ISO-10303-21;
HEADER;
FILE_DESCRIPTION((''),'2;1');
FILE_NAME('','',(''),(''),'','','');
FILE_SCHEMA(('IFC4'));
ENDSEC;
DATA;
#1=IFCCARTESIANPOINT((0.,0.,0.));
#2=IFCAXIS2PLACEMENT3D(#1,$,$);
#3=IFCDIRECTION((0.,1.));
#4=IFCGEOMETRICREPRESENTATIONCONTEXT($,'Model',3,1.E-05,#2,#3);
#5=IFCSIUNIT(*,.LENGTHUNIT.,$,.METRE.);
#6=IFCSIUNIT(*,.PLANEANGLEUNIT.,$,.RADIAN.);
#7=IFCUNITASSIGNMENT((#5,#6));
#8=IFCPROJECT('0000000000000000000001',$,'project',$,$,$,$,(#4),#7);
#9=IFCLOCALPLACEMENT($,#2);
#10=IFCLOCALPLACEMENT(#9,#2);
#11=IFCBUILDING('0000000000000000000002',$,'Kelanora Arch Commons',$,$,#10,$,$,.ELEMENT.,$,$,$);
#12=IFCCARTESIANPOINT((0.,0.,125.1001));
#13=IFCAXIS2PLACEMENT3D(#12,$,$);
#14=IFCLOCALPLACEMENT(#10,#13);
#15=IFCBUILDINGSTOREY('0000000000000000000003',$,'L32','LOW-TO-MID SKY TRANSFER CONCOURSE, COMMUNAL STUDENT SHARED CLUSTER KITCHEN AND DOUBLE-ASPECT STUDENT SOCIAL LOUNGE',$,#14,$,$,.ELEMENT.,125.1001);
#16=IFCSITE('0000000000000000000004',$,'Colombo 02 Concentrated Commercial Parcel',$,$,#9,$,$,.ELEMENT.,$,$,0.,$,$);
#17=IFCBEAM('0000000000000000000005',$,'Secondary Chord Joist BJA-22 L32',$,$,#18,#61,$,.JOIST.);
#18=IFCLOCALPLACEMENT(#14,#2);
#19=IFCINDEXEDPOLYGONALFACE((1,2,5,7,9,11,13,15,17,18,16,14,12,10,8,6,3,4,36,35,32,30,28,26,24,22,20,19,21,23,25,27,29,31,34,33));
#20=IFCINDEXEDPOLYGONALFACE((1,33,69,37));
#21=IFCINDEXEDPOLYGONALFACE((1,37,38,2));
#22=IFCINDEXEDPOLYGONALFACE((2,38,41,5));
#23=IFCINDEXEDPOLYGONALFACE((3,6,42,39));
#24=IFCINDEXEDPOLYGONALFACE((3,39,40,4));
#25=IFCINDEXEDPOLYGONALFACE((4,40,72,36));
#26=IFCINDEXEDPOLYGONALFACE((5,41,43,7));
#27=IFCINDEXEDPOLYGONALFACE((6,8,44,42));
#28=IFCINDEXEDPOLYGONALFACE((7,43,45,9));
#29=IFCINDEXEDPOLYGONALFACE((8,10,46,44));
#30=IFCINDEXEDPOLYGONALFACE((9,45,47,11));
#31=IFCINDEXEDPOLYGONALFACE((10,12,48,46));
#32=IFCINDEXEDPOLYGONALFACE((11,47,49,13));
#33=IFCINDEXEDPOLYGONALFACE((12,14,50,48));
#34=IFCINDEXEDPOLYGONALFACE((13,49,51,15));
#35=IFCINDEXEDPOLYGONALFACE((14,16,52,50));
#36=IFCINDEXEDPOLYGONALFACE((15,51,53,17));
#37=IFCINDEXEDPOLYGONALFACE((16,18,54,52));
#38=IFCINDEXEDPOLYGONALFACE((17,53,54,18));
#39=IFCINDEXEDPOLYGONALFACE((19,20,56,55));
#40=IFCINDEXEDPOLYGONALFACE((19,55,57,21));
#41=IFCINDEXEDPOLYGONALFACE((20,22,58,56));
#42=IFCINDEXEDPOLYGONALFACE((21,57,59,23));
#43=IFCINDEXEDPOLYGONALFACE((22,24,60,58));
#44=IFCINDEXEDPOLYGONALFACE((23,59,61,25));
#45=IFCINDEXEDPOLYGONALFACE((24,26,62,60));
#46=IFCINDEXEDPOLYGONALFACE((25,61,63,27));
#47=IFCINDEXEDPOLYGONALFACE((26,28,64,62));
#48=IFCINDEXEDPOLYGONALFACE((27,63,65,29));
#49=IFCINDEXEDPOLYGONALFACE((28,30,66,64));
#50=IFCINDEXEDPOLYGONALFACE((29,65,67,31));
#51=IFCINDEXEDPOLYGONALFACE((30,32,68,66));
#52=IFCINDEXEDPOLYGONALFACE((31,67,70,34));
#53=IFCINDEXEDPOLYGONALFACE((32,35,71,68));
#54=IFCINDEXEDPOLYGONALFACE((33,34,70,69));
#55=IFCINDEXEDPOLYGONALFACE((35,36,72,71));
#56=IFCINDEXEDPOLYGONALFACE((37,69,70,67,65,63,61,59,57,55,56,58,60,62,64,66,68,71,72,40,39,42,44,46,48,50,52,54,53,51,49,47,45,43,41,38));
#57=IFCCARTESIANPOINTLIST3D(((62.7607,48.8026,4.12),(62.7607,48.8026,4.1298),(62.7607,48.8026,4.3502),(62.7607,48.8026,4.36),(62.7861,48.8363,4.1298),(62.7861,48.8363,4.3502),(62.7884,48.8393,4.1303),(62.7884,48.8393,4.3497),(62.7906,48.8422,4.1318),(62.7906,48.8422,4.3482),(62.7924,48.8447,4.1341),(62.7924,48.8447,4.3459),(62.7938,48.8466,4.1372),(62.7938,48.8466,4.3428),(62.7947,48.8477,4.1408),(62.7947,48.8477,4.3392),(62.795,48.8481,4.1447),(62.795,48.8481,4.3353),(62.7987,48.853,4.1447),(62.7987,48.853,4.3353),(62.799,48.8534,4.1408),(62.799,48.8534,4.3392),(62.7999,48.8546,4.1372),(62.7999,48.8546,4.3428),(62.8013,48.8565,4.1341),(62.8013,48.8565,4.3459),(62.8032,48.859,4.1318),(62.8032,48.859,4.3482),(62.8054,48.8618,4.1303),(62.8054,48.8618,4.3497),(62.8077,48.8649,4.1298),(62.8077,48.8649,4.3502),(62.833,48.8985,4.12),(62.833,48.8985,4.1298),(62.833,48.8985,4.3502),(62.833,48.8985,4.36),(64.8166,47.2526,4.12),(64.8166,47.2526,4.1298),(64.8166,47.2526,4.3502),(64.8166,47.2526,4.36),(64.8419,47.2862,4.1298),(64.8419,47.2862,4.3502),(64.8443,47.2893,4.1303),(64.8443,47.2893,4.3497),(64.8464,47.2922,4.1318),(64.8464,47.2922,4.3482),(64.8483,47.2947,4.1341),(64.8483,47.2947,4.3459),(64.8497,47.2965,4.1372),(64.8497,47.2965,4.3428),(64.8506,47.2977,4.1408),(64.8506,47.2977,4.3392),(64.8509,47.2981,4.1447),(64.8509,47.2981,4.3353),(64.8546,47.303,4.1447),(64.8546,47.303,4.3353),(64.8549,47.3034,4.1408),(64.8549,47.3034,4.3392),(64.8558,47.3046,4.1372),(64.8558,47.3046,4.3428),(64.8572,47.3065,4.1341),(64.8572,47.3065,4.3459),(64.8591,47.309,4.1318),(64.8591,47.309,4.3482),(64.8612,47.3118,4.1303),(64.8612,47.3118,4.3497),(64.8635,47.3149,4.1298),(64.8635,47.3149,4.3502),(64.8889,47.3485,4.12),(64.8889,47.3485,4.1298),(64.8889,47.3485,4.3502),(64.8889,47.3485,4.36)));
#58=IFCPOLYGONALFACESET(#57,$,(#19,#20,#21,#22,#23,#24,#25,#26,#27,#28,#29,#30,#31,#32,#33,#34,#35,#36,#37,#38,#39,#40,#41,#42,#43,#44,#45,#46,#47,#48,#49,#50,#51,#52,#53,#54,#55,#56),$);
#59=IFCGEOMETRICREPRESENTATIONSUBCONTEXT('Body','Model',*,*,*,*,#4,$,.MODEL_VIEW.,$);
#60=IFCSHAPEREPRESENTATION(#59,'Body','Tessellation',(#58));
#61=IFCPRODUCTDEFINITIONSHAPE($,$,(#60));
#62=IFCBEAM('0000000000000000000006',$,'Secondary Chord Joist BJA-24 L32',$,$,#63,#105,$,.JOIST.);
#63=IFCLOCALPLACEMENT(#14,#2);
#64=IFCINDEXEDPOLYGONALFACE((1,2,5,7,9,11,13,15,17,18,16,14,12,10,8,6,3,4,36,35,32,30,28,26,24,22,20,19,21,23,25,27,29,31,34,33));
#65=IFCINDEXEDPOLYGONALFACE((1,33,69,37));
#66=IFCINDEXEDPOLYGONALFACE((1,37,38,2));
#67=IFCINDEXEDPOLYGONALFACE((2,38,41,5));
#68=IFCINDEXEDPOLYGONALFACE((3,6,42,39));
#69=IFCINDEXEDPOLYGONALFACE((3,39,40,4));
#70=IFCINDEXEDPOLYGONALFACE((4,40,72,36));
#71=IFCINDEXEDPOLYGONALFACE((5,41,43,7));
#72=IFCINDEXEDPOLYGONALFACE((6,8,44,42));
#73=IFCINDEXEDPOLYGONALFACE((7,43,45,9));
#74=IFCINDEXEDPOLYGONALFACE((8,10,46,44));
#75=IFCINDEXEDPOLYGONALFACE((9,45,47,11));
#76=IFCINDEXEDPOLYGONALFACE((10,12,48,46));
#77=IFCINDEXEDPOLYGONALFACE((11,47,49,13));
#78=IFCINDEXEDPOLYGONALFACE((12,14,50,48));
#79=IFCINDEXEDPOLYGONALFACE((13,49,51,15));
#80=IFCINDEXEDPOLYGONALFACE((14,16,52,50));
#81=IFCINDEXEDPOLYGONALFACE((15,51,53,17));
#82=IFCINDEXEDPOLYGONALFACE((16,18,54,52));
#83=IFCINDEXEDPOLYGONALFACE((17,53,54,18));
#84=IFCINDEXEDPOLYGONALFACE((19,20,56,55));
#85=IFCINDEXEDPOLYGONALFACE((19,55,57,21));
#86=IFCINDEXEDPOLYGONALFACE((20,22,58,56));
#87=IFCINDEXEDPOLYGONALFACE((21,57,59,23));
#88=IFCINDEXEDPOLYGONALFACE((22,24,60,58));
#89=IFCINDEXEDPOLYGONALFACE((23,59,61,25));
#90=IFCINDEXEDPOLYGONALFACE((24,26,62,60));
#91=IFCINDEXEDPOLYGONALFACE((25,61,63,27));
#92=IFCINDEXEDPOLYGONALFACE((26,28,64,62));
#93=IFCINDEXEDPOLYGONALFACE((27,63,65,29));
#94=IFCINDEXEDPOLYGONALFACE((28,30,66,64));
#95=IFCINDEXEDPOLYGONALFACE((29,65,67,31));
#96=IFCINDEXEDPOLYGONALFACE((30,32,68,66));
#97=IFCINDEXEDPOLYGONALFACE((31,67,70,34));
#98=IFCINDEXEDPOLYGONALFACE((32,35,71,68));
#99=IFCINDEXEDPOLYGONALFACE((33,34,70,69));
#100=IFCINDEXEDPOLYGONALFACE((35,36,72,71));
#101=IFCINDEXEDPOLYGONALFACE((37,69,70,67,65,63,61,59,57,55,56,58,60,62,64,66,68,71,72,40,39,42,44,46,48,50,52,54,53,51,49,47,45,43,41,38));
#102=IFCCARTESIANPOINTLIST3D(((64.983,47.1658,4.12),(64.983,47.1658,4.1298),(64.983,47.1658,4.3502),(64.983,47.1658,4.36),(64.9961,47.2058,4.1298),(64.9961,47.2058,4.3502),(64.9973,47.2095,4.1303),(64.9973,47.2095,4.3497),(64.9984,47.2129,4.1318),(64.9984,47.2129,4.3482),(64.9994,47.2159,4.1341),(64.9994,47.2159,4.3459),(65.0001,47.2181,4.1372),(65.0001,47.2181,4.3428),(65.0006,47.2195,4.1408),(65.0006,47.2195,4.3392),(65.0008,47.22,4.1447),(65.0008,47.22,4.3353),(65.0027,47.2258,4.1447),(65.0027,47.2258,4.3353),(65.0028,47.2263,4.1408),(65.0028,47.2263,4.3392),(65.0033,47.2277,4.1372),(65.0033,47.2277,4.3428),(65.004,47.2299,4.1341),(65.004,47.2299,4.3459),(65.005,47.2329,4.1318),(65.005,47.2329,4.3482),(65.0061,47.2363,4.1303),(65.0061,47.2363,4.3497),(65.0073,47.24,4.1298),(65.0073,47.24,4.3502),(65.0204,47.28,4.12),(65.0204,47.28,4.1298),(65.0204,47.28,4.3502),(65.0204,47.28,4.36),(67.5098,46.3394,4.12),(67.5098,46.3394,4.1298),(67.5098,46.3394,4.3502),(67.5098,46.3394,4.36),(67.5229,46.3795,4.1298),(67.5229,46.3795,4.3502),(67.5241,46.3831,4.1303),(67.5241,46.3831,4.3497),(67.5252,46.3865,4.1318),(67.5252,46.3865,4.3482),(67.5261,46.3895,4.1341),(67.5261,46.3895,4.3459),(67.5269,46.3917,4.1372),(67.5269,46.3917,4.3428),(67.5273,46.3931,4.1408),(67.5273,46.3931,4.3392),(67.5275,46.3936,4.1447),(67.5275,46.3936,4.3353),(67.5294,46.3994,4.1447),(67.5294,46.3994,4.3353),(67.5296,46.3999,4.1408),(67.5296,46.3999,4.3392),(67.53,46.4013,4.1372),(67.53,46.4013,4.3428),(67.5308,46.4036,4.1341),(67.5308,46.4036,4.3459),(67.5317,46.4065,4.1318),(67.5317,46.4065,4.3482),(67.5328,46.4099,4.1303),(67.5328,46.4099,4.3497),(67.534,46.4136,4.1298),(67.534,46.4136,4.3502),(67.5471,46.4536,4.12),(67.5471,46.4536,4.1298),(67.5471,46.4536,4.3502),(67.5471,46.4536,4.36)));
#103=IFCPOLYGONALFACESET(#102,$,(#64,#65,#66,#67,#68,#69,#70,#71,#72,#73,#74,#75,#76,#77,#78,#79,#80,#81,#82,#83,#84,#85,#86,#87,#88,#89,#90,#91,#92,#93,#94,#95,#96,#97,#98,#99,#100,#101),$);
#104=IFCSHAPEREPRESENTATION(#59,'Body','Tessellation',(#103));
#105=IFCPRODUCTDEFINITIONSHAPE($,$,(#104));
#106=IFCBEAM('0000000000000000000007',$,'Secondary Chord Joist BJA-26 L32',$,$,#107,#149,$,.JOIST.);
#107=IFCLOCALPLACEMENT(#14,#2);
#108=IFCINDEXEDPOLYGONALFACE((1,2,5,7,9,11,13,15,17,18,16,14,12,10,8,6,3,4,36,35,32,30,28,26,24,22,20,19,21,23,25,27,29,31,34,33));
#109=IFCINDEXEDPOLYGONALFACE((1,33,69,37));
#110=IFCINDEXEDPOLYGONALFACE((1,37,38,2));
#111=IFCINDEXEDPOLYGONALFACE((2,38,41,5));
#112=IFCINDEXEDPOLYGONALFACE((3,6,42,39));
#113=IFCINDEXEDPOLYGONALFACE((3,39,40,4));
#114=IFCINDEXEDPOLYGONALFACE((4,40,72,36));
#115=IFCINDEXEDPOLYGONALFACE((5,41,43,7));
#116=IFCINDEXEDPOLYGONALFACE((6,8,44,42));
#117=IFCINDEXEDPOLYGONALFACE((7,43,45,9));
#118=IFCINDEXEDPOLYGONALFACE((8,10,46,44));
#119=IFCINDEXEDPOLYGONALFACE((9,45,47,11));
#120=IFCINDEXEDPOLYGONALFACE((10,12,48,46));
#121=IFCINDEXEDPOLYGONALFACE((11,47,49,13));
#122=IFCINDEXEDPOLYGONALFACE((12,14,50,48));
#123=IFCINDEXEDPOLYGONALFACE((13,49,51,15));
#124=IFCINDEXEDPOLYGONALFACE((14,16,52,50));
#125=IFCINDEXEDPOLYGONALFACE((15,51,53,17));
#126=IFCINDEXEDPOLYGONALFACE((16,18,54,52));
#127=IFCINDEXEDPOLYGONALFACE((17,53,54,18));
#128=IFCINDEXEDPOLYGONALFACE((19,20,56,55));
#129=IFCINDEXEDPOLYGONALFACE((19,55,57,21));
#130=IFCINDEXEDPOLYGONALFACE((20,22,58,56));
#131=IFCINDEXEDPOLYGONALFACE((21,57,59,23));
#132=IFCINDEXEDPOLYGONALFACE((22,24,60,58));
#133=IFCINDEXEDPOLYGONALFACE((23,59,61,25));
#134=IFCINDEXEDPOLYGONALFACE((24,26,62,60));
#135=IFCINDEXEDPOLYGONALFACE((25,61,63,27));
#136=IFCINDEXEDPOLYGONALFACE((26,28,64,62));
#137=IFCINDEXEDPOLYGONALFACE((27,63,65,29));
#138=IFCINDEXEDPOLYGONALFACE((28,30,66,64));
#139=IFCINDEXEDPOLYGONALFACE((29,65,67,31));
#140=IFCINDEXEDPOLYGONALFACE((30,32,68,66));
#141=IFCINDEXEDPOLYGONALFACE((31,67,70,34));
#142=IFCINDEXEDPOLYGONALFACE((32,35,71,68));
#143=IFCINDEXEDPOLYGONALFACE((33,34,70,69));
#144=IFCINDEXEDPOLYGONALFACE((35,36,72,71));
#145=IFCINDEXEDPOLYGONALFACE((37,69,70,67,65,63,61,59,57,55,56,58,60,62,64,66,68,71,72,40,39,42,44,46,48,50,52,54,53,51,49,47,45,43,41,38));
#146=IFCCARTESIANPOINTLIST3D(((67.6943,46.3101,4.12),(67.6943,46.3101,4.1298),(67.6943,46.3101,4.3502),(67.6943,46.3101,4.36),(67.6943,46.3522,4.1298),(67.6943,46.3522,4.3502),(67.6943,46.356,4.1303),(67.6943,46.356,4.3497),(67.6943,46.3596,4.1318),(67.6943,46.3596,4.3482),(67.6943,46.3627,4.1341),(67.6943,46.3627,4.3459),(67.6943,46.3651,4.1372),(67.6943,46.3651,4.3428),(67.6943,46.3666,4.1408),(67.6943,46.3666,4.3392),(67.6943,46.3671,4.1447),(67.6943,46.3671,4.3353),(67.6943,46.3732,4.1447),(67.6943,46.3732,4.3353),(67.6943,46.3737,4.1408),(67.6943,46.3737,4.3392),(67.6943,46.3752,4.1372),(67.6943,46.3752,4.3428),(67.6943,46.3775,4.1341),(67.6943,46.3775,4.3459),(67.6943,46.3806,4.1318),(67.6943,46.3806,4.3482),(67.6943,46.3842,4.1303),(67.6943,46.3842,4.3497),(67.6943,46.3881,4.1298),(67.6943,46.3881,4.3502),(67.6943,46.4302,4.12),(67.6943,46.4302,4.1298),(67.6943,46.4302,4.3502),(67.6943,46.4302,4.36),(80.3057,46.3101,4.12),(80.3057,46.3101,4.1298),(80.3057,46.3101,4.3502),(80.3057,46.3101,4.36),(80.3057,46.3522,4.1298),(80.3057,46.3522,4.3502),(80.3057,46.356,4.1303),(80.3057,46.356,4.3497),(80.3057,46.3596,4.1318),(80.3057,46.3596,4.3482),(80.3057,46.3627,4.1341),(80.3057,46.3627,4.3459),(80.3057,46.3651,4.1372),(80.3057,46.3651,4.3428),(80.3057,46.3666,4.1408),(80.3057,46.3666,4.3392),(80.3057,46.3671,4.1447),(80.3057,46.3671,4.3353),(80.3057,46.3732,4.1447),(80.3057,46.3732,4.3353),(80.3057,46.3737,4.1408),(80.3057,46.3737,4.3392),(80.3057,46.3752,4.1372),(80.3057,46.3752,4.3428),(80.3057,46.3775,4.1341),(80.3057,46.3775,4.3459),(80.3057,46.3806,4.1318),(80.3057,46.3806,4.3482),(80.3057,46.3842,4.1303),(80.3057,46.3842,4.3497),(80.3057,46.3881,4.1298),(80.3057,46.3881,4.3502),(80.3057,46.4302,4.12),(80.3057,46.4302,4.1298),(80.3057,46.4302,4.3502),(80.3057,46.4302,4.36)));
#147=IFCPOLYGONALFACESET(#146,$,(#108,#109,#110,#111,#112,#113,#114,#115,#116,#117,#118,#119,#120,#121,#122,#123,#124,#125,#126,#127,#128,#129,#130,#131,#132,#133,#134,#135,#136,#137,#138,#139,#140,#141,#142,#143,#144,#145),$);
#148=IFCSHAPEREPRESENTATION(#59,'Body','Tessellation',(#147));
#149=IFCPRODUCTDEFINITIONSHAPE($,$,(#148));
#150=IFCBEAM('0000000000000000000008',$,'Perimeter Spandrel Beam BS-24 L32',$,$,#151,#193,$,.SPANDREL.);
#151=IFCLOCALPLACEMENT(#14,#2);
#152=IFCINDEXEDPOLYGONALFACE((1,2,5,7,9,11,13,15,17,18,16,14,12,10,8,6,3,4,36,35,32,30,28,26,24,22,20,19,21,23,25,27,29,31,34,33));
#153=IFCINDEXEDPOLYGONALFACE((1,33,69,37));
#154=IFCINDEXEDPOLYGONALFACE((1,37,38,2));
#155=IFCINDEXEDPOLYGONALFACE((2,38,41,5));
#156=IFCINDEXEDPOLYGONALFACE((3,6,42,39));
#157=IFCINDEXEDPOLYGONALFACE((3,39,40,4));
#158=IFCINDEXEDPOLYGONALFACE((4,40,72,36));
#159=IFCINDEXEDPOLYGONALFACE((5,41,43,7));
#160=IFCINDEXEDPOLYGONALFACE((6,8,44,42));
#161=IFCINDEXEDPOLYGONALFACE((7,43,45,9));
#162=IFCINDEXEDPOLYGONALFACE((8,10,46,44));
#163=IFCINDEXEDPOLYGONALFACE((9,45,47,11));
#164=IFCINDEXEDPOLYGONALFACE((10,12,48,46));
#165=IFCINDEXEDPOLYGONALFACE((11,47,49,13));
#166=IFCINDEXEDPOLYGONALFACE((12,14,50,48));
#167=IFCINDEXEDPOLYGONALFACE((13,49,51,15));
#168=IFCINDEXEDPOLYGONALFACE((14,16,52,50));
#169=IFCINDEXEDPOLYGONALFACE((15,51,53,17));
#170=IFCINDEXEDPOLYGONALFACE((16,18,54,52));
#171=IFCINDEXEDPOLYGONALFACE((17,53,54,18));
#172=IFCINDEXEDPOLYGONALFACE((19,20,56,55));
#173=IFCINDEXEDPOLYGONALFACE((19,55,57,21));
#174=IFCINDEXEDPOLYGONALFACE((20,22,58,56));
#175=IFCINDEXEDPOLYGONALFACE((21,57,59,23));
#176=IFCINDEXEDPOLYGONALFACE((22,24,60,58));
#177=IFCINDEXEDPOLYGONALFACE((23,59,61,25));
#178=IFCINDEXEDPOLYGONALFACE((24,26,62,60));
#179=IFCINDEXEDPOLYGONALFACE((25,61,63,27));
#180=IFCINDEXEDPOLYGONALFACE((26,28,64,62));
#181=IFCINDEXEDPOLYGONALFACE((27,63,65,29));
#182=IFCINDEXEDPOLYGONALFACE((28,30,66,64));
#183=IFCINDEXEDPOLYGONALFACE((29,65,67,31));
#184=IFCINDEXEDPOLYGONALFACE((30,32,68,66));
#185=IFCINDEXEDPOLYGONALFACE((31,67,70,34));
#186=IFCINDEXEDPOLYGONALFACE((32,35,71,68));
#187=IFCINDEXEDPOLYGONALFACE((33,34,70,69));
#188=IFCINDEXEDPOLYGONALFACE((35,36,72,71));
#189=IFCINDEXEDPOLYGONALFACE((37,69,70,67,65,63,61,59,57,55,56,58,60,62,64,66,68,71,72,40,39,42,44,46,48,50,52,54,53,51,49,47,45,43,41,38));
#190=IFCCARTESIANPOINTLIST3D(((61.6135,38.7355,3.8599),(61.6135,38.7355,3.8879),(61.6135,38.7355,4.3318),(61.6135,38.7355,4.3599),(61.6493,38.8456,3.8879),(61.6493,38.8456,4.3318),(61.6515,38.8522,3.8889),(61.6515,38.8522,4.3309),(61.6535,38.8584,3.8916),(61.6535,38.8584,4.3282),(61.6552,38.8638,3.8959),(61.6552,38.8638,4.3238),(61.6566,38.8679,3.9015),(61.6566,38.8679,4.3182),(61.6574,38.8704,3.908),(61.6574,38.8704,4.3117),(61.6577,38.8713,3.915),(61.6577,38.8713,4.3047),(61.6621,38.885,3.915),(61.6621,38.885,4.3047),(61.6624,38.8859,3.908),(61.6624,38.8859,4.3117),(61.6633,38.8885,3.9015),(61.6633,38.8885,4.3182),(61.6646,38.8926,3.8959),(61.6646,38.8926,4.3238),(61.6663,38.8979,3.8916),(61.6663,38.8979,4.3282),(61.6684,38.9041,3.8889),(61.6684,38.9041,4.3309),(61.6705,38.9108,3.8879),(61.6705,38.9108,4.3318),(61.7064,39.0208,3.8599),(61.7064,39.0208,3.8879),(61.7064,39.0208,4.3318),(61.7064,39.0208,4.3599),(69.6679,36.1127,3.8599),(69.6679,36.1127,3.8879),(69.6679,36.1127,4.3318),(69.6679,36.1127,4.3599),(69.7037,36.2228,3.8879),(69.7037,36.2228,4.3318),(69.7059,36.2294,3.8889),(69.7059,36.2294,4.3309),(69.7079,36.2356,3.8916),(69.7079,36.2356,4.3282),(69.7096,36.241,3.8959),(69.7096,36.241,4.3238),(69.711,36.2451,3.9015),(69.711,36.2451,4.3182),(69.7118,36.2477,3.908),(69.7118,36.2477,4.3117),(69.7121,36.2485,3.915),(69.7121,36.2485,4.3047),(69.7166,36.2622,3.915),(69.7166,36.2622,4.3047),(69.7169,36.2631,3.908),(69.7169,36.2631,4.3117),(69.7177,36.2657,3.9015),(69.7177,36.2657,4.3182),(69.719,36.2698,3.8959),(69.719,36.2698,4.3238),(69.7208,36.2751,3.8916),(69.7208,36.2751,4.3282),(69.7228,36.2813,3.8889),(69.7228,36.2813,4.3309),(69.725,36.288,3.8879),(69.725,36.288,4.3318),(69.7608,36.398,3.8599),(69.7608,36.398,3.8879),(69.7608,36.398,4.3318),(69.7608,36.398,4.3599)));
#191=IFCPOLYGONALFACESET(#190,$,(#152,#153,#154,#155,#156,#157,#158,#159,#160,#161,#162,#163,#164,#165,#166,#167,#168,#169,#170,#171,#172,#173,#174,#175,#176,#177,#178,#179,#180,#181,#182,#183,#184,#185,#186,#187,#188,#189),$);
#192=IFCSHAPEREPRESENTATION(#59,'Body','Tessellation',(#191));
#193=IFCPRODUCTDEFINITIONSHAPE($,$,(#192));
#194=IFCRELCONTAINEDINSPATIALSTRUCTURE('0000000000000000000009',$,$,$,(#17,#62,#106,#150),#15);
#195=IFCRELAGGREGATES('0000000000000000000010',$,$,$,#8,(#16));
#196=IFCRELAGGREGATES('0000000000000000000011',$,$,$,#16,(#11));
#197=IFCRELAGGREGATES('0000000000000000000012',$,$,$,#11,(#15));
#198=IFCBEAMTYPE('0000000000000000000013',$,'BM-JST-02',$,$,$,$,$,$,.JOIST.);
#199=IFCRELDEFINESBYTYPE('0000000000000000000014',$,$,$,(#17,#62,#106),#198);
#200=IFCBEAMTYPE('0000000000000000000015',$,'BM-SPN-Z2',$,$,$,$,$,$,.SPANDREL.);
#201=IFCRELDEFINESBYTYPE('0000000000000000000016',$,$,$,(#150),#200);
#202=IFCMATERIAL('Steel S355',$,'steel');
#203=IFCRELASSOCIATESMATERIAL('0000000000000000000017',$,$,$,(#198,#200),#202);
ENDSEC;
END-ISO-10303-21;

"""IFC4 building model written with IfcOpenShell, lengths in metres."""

from ifc_helpers import new_model, si_unit, direction, frame, origin, origin_2d, place, context, subcontext, project, spatial, i_section, extrude, material, material_profile, profile_set, type_object, element, save


model = new_model("IFC4")

# Units and contexts
model_context = context("Model", 3, precision=1e-05, world=origin(), true_north=direction((0.0, 1.0)))
body_context = subcontext(model_context, "Body", "Model", "MODEL_VIEW")
ifc_project = project(units=[si_unit("LENGTHUNIT", "METRE"), si_unit("PLANEANGLEUNIT", "RADIAN")], contexts=[model_context])

# Site, building, storey
site_placement = place(None, origin())
site = spatial("IfcSite", under=ifc_project, at=site_placement, Name="Colombo 02 Concentrated Commercial Parcel", CompositionType="ELEMENT", RefElevation=0.0)
building_placement = place(site_placement, origin())
building = spatial("IfcBuilding", under=site, at=building_placement, Name="Kelanora Arch Commons", CompositionType="ELEMENT")
storey_placement = place(building_placement, frame((0.0, 0.0, 125.1001)))
storey = spatial("IfcBuildingStorey", under=building, at=storey_placement, Name="L32", Description="LOW-TO-MID SKY TRANSFER CONCOURSE, COMMUNAL STUDENT SHARED CLUSTER KITCHEN AND DOUBLE-ASPECT STUDENT SOCIAL LOUNGE", CompositionType="ELEMENT", Elevation=125.1001)

# Beams
ifc_material_1 = material(Name="Steel S355", Category="steel")
ifc_material_profile_1 = material_profile(ifc_material_1, i_section(OverallWidth=0.1201, OverallDepth=0.24, WebThickness=0.0061, FlangeThickness=0.0098, FilletRadius=0.0149, at=origin_2d()), Name="IPE240")
ifc_profile_set_1 = profile_set([ifc_material_profile_1], Name="Steel S355")
beam_type_1 = type_object("IfcBeamType", Name="BM-JST-02", PredefinedType="JOIST", material=ifc_profile_set_1)
beam_1_placement = place(storey_placement, frame((62.7969, 48.8506, 4.24), z_axis=(0.798484, -0.602016, 0.0), x_axis=(0.602016, 0.798484, 0.0)))
element("IfcBeam", 1, at=beam_1_placement, inside=storey, type_object=beam_type_1, Name="Secondary Chord Joist BJA-22 L32", PredefinedType="JOIST", context=body_context, shape_type="SweptSolid", body=[
    extrude(i_section(OverallWidth=0.1201, OverallDepth=0.24, WebThickness=0.0061, FlangeThickness=0.0098, FilletRadius=0.0149, at=origin_2d()), origin(), (0.0, 0.0, 1.0), 2.5747),
])
beam_2_placement = place(storey_placement, frame((65.0017, 47.2229, 4.24), z_axis=(0.950459, -0.310851, 0.0), x_axis=(0.310851, 0.950459, 0.0)))
element("IfcBeam", 2, at=beam_2_placement, inside=storey, type_object=beam_type_1, Name="Secondary Chord Joist BJA-24 L32", PredefinedType="JOIST", context=body_context, shape_type="SweptSolid", body=[
    extrude(i_section(OverallWidth=0.1201, OverallDepth=0.24, WebThickness=0.0061, FlangeThickness=0.0098, FilletRadius=0.0149, at=origin_2d()), origin(), (0.0, 0.0, 1.0), 2.6584),
])
beam_3_placement = place(storey_placement, frame((67.6943, 46.3701, 4.24), z_axis=(1.0, 0.0, 0.0), x_axis=(0.0, 1.0, 0.0)))
element("IfcBeam", 3, at=beam_3_placement, inside=storey, type_object=beam_type_1, Name="Secondary Chord Joist BJA-26 L32", PredefinedType="JOIST", context=body_context, shape_type="SweptSolid", body=[
    extrude(i_section(OverallWidth=0.1201, OverallDepth=0.24, WebThickness=0.0061, FlangeThickness=0.0098, FilletRadius=0.0149, at=origin_2d()), origin(), (0.0, 0.0, 1.0), 12.6113),
])
ifc_material_profile_2 = material_profile(ifc_material_1, i_section(OverallWidth=0.3, OverallDepth=0.5, WebThickness=0.0144, FlangeThickness=0.0281, FilletRadius=0.0271, at=origin_2d()), Name="HEB500")
ifc_profile_set_2 = profile_set([ifc_material_profile_2], Name="Steel S355")
beam_type_2 = type_object("IfcBeamType", Name="BM-SPN-Z2", PredefinedType="SPANDREL", material=ifc_profile_set_2)
beam_4_placement = place(storey_placement, frame((61.6599, 38.8782, 4.1099), z_axis=(0.950857, -0.309631, 0.0), x_axis=(0.309631, 0.950857, 0.0)))
element("IfcBeam", 4, at=beam_4_placement, inside=storey, type_object=beam_type_2, Name="Perimeter Spandrel Beam BS-24 L32", PredefinedType="SPANDREL", context=body_context, shape_type="SweptSolid", body=[
    extrude(i_section(OverallWidth=0.3, OverallDepth=0.5, WebThickness=0.0144, FlangeThickness=0.0281, FilletRadius=0.0271, at=origin_2d()), origin(), (0.0, 0.0, 1.0), 8.4707),
])

save(model, "model.ifc")
